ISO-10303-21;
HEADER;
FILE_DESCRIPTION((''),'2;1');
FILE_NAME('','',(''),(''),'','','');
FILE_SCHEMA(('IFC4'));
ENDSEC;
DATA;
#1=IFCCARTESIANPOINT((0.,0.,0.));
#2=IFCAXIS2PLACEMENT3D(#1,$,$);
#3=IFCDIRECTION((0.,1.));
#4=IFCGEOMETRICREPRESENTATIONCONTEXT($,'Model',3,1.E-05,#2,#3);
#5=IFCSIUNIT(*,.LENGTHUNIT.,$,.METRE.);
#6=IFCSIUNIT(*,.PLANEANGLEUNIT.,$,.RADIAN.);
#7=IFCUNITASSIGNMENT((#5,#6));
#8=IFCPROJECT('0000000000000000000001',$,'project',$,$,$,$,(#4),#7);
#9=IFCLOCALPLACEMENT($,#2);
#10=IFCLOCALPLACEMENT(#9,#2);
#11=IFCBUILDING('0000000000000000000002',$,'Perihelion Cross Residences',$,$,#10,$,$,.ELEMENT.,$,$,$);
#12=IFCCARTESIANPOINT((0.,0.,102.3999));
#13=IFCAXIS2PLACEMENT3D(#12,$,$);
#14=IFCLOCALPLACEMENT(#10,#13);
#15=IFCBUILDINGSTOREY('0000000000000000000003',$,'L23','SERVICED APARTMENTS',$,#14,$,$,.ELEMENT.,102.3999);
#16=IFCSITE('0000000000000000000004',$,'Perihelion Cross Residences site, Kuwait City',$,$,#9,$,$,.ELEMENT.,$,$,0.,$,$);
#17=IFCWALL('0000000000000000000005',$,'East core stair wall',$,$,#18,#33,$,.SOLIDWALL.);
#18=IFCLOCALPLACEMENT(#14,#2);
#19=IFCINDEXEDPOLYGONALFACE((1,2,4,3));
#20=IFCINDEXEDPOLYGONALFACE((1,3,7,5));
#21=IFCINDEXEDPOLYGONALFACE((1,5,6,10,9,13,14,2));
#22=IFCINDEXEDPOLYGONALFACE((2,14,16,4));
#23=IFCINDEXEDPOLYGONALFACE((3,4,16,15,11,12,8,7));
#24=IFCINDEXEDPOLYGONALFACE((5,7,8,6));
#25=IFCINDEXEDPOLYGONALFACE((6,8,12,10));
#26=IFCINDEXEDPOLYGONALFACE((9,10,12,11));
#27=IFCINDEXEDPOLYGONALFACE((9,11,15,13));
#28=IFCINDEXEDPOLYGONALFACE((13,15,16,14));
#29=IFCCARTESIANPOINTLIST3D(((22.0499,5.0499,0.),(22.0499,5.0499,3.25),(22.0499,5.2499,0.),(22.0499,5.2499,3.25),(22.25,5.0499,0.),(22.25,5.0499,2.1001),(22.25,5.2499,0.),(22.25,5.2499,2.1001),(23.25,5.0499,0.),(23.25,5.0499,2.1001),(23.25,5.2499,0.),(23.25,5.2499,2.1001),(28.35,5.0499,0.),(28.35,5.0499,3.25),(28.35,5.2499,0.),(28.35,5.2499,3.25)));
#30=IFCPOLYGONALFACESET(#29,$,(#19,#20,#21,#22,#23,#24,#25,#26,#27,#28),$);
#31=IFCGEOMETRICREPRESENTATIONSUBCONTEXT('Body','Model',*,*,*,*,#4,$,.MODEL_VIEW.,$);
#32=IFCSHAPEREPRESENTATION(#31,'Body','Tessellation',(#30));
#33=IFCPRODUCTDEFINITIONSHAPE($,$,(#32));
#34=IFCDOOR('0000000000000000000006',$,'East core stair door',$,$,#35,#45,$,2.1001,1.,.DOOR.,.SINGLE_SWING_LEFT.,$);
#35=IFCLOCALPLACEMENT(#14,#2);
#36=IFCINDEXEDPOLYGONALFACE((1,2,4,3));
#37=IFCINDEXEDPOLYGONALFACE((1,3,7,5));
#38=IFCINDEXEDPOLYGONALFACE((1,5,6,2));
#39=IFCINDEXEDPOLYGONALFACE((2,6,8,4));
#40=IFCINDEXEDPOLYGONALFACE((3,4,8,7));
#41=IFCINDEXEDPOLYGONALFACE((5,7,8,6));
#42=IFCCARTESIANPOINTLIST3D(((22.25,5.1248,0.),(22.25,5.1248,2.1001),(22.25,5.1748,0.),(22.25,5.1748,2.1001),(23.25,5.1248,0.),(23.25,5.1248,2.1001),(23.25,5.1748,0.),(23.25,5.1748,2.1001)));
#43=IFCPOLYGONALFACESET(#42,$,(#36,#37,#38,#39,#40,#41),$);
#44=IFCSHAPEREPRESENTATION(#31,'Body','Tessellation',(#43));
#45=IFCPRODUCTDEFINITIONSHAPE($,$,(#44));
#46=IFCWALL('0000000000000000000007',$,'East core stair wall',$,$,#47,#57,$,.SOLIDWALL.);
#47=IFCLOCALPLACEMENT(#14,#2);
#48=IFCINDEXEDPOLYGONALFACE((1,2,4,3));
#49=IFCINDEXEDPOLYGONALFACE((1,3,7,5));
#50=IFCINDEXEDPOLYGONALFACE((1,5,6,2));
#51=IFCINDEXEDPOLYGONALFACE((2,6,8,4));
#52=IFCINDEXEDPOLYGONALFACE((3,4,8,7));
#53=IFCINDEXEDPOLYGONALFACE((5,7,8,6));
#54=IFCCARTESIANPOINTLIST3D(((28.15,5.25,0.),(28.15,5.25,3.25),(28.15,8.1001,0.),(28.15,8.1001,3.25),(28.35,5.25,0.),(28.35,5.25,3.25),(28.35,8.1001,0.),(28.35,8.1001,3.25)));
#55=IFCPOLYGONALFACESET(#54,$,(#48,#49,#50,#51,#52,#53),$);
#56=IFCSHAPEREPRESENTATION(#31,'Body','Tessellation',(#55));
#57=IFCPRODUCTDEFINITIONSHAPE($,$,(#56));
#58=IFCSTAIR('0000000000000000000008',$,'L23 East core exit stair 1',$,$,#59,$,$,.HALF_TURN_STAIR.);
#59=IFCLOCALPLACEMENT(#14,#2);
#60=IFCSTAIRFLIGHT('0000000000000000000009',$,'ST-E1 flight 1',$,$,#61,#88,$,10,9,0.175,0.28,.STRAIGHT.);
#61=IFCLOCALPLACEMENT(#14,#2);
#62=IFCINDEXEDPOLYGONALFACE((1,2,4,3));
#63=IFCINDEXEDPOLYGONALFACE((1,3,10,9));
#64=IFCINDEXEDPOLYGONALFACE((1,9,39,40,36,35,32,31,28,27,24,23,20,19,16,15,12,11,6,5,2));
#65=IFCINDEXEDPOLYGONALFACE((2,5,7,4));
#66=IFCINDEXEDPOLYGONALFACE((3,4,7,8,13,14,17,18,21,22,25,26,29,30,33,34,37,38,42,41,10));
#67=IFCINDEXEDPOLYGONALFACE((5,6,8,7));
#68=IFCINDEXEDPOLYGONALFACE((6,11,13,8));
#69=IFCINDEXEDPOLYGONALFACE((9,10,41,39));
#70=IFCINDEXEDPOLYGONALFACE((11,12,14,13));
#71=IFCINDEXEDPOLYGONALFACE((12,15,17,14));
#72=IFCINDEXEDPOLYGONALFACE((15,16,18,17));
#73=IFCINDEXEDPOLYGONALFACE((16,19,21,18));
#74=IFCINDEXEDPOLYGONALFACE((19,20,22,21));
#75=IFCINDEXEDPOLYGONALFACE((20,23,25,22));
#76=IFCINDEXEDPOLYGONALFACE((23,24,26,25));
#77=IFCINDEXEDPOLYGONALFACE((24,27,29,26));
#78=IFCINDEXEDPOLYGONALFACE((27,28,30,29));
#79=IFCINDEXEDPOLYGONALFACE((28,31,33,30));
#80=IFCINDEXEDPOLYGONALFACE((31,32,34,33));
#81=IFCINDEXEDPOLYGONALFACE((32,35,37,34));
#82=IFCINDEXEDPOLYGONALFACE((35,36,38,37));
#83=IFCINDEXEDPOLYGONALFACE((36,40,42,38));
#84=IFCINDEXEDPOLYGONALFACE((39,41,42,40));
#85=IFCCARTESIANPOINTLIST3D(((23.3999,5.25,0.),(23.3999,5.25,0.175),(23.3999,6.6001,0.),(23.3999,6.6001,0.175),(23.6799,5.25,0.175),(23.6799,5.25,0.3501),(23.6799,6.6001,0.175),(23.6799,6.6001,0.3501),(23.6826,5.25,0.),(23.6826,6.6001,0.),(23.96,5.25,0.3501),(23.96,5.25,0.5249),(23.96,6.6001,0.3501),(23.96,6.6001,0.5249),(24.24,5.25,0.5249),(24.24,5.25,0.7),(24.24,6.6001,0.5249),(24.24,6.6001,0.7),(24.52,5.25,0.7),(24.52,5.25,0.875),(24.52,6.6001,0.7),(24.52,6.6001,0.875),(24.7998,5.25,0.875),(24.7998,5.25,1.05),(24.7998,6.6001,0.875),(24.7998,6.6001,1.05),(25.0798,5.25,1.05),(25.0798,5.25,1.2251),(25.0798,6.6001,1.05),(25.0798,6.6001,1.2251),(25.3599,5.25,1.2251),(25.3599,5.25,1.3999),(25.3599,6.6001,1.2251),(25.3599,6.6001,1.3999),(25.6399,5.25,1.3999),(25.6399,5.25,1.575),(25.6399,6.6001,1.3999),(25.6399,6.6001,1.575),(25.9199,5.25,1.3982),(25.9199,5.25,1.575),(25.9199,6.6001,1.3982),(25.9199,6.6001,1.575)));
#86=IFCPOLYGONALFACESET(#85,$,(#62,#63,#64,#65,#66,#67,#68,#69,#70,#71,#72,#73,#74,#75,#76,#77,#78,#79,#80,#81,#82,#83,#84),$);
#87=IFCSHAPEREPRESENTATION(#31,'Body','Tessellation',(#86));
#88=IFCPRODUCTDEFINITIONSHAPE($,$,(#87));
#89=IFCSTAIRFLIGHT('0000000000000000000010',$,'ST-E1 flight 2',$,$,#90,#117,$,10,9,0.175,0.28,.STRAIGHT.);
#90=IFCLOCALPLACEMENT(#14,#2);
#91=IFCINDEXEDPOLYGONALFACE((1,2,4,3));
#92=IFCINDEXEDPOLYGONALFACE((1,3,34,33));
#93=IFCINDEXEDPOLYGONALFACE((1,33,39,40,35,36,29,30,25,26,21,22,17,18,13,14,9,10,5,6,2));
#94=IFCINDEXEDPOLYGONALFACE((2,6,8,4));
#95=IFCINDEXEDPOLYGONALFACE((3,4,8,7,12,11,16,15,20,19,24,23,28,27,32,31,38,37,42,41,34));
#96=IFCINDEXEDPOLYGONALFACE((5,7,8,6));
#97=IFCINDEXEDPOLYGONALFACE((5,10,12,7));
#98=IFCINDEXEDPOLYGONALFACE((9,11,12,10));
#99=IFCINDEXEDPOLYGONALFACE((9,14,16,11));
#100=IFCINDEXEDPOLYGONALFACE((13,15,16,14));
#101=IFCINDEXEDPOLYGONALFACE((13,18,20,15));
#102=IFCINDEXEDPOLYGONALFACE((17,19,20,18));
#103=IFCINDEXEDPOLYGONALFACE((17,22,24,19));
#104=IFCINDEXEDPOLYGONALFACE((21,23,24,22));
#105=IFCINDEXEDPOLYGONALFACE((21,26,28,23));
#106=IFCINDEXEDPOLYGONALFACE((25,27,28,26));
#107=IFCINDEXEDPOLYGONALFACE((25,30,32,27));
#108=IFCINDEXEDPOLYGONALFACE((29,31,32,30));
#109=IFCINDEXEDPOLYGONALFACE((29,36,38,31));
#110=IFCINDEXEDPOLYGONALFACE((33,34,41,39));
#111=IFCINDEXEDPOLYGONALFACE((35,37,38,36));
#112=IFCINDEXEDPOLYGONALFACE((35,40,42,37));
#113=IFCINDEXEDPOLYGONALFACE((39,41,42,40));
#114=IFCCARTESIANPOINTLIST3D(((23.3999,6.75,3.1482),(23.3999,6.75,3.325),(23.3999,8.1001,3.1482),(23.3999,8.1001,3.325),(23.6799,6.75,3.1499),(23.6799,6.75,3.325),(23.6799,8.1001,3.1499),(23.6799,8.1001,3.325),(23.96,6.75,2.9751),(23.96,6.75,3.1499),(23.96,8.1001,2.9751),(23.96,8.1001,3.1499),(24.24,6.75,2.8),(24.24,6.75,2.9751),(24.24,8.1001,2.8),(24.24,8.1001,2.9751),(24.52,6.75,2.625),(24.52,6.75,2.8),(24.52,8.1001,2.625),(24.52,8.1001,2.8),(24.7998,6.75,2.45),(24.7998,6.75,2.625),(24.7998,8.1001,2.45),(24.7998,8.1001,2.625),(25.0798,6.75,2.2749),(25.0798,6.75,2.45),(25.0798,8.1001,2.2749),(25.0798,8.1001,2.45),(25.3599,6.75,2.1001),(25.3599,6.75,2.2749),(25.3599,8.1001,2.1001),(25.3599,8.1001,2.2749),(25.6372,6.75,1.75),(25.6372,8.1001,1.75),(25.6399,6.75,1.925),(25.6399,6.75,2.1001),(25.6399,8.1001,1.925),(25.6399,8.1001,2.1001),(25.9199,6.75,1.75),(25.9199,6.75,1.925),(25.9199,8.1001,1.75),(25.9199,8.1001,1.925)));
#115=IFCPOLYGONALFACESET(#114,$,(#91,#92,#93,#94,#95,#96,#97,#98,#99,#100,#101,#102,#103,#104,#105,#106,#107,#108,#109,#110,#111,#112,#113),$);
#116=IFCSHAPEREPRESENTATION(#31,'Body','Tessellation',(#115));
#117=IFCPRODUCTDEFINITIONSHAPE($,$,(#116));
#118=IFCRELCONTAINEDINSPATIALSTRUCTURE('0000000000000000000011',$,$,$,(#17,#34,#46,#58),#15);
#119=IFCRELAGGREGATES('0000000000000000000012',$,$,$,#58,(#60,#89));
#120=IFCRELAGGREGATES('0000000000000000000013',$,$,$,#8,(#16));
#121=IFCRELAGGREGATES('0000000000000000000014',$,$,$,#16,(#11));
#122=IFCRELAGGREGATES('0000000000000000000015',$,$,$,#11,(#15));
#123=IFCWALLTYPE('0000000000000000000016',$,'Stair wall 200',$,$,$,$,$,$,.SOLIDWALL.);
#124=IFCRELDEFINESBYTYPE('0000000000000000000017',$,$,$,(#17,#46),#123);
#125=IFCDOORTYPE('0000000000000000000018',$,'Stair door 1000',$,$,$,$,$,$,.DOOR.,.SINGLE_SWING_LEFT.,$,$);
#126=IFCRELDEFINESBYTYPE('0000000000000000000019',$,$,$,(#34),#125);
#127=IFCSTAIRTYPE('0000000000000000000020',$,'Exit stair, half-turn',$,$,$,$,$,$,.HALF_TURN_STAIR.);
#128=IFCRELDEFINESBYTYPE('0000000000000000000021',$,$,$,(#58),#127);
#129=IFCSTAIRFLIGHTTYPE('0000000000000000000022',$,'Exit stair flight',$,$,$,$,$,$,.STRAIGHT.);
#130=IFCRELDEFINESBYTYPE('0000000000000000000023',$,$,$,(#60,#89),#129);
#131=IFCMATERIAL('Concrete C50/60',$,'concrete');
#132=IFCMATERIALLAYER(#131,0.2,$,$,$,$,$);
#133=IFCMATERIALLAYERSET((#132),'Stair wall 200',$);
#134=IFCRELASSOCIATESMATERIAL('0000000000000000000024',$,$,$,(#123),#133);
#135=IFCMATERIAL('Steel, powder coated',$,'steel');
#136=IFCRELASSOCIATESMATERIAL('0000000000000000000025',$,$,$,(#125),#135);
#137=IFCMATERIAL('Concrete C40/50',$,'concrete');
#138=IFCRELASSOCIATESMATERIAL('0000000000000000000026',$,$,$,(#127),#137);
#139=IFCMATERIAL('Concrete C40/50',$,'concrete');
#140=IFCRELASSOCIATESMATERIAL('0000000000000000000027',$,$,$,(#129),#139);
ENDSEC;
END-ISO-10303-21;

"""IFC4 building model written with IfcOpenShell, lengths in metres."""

from ifc_helpers import new_model, si_unit, direction, frame, frame_2d, origin, place, context, subcontext, project, spatial, polyline, rectangle, outline, extrude, material, layer, layer_set, type_object, element, fill, aggregate, save


model = new_model("IFC4")

# Units and contexts
model_context = context("Model", 3, precision=1e-05, world=origin(), true_north=direction((0.0, 1.0)))
body_context = subcontext(model_context, "Body", "Model", "MODEL_VIEW")
ifc_project = project(units=[si_unit("LENGTHUNIT", "METRE"), si_unit("PLANEANGLEUNIT", "RADIAN")], contexts=[model_context])

# Site, building, storey
site_placement = place(None, origin())
site = spatial("IfcSite", under=ifc_project, at=site_placement, Name="Perihelion Cross Residences site, Kuwait City", CompositionType="ELEMENT", RefElevation=0.0)
building_placement = place(site_placement, origin())
building = spatial("IfcBuilding", under=site, at=building_placement, Name="Perihelion Cross Residences", CompositionType="ELEMENT")
storey_placement = place(building_placement, frame((0.0, 0.0, 102.3999)))
storey = spatial("IfcBuildingStorey", under=building, at=storey_placement, Name="L23", Description="SERVICED APARTMENTS", CompositionType="ELEMENT", Elevation=102.3999)

# Wall, opening, door
ifc_material_1 = material(Name="Concrete C50/60", Category="concrete")
ifc_layer_1 = layer(ifc_material_1, 0.2)
ifc_layer_set_1 = layer_set([ifc_layer_1], Name="Stair wall 200")
wall_type_1 = type_object("IfcWallType", Name="Stair wall 200", PredefinedType="SOLIDWALL", material=ifc_layer_set_1)
wall_1_placement = place(storey_placement, frame((22.05, 5.1499, 0.0), z_axis=(0.0, 0.0, 1.0), x_axis=(1.0, 0.0, 0.0)))
wall_1 = element("IfcWall", 1, at=wall_1_placement, inside=storey, type_object=wall_type_1, Name="East core stair wall", PredefinedType="SOLIDWALL", context=body_context, shape_type="SweptSolid", body=[
    extrude(rectangle(XDim=6.3, YDim=0.2, at=frame_2d((3.1499, 0.0))), origin(), (0.0, 0.0, 1.0), 3.25),
])
opening_1_placement = place(wall_1_placement, frame((0.2, 0.0, 0.0)))
opening_1 = element("IfcOpeningElement", 2, at=opening_1_placement, cuts=wall_1, PredefinedType="OPENING", context=body_context, shape_type="SweptSolid", body=[
    extrude(rectangle(XDim=1.0, YDim=2.1001, at=frame_2d((0.5, 1.05))), frame((0.0, 0.1099, 0.0), z_axis=(0.0, -1.0, 0.0), x_axis=(1.0, 0.0, 0.0)), (0.0, 0.0, 1.0), 0.22),
])
ifc_material_2 = material(Name="Steel, powder coated", Category="steel")
door_type_1 = type_object("IfcDoorType", Name="Stair door 1000", OperationType="SINGLE_SWING_LEFT", PredefinedType="DOOR", material=ifc_material_2)
door_1_placement = place(opening_1_placement, origin())
door_1 = element("IfcDoor", 3, at=door_1_placement, inside=storey, type_object=door_type_1, Name="East core stair door", OperationType="SINGLE_SWING_LEFT", OverallHeight=2.1001, OverallWidth=1.0, PredefinedType="DOOR", context=body_context, shape_type="SweptSolid", body=[
    extrude(rectangle(XDim=1.0, YDim=2.1001, at=frame_2d((0.5, 1.05))), frame((0.0, 0.0249, 0.0), z_axis=(0.0, -1.0, 0.0), x_axis=(1.0, 0.0, 0.0)), (0.0, 0.0, 1.0), 0.05),
])
fill(opening_1, door_1)

# Wall
wall_2_placement = place(storey_placement, frame((28.25, 5.25, 0.0), z_axis=(0.0, 0.0, 1.0), x_axis=(0.0, 1.0, 0.0)))
element("IfcWall", 4, at=wall_2_placement, inside=storey, type_object=wall_type_1, Name="East core stair wall", PredefinedType="SOLIDWALL", context=body_context, shape_type="SweptSolid", body=[
    extrude(rectangle(XDim=2.8501, YDim=0.2, at=frame_2d((1.425, 0.0))), origin(), (0.0, 0.0, 1.0), 3.25),
])

# Stair, stair flights
ifc_material_3 = material(Name="Concrete C40/50", Category="concrete")
stair_type = type_object("IfcStairType", Name="Exit stair, half-turn", PredefinedType="HALF_TURN_STAIR", material=ifc_material_3)
stair_placement = place(storey_placement, origin())
stair = element("IfcStair", 5, at=stair_placement, inside=storey, type_object=stair_type, Name="L23 East core exit stair 1", PredefinedType="HALF_TURN_STAIR")
ifc_material_4 = material(Name="Concrete C40/50", Category="concrete")
stair_flight_type = type_object("IfcStairFlightType", Name="Exit stair flight", PredefinedType="STRAIGHT", material=ifc_material_4)
stair_flight_1_placement = place(storey_placement, frame((23.3999, 5.925, 0.0), z_axis=(0.0, 0.0, 1.0), x_axis=(1.0, 0.0, 0.0)))
stair_flight_1 = element("IfcStairFlight", 6, at=stair_flight_1_placement, type_object=stair_flight_type, Name="ST-E1 flight 1", NumberOfRisers=10, NumberOfTreads=9, PredefinedType="STRAIGHT", RiserHeight=0.175, TreadLength=0.28, context=body_context, shape_type="SweptSolid", body=[
    extrude(outline(polyline([(0.0, 0.0), (0.0, 0.175), (0.28, 0.175), (0.28, 0.3501), (0.5601, 0.3501), (0.5601, 0.5249), (0.8401, 0.5249), (0.8401, 0.7), (1.1201, 0.7), (1.1201, 0.875), (1.3999, 0.875), (1.3999, 1.05), (1.6799, 1.05), (1.6799, 1.2251), (1.96, 1.2251), (1.96, 1.3999), (2.24, 1.3999), (2.24, 1.575), (2.52, 1.575), (2.52, 1.75), (2.52, 1.3982), (0.2827, 0.0), (0.0, 0.0)])), frame((0.0, 0.675, 0.0), z_axis=(0.0, -1.0, 0.0), x_axis=(1.0, 0.0, 0.0)), (0.0, 0.0, 1.0), 1.3501),
])
stair_flight_2_placement = place(storey_placement, frame((25.9199, 7.425, 1.75), z_axis=(0.0, 0.0, 1.0), x_axis=(-1.0, 0.0, 0.0)))
stair_flight_2 = element("IfcStairFlight", 7, at=stair_flight_2_placement, type_object=stair_flight_type, Name="ST-E1 flight 2", NumberOfRisers=10, NumberOfTreads=9, PredefinedType="STRAIGHT", RiserHeight=0.175, TreadLength=0.28, context=body_context, shape_type="SweptSolid", body=[
    extrude(outline(polyline([(0.0, 0.0), (0.0, 0.175), (0.28, 0.175), (0.28, 0.3501), (0.5601, 0.3501), (0.5601, 0.5249), (0.8401, 0.5249), (0.8401, 0.7), (1.1201, 0.7), (1.1201, 0.875), (1.3999, 0.875), (1.3999, 1.05), (1.6799, 1.05), (1.6799, 1.2251), (1.96, 1.2251), (1.96, 1.3999), (2.24, 1.3999), (2.24, 1.575), (2.52, 1.575), (2.52, 1.75), (2.52, 1.3982), (0.2827, 0.0), (0.0, 0.0)])), frame((0.0, 0.675, 0.0), z_axis=(0.0, -1.0, 0.0), x_axis=(1.0, 0.0, 0.0)), (0.0, 0.0, 1.0), 1.3501),
])
aggregate(stair, [stair_flight_1, stair_flight_2])

save(model, "model.ifc")
